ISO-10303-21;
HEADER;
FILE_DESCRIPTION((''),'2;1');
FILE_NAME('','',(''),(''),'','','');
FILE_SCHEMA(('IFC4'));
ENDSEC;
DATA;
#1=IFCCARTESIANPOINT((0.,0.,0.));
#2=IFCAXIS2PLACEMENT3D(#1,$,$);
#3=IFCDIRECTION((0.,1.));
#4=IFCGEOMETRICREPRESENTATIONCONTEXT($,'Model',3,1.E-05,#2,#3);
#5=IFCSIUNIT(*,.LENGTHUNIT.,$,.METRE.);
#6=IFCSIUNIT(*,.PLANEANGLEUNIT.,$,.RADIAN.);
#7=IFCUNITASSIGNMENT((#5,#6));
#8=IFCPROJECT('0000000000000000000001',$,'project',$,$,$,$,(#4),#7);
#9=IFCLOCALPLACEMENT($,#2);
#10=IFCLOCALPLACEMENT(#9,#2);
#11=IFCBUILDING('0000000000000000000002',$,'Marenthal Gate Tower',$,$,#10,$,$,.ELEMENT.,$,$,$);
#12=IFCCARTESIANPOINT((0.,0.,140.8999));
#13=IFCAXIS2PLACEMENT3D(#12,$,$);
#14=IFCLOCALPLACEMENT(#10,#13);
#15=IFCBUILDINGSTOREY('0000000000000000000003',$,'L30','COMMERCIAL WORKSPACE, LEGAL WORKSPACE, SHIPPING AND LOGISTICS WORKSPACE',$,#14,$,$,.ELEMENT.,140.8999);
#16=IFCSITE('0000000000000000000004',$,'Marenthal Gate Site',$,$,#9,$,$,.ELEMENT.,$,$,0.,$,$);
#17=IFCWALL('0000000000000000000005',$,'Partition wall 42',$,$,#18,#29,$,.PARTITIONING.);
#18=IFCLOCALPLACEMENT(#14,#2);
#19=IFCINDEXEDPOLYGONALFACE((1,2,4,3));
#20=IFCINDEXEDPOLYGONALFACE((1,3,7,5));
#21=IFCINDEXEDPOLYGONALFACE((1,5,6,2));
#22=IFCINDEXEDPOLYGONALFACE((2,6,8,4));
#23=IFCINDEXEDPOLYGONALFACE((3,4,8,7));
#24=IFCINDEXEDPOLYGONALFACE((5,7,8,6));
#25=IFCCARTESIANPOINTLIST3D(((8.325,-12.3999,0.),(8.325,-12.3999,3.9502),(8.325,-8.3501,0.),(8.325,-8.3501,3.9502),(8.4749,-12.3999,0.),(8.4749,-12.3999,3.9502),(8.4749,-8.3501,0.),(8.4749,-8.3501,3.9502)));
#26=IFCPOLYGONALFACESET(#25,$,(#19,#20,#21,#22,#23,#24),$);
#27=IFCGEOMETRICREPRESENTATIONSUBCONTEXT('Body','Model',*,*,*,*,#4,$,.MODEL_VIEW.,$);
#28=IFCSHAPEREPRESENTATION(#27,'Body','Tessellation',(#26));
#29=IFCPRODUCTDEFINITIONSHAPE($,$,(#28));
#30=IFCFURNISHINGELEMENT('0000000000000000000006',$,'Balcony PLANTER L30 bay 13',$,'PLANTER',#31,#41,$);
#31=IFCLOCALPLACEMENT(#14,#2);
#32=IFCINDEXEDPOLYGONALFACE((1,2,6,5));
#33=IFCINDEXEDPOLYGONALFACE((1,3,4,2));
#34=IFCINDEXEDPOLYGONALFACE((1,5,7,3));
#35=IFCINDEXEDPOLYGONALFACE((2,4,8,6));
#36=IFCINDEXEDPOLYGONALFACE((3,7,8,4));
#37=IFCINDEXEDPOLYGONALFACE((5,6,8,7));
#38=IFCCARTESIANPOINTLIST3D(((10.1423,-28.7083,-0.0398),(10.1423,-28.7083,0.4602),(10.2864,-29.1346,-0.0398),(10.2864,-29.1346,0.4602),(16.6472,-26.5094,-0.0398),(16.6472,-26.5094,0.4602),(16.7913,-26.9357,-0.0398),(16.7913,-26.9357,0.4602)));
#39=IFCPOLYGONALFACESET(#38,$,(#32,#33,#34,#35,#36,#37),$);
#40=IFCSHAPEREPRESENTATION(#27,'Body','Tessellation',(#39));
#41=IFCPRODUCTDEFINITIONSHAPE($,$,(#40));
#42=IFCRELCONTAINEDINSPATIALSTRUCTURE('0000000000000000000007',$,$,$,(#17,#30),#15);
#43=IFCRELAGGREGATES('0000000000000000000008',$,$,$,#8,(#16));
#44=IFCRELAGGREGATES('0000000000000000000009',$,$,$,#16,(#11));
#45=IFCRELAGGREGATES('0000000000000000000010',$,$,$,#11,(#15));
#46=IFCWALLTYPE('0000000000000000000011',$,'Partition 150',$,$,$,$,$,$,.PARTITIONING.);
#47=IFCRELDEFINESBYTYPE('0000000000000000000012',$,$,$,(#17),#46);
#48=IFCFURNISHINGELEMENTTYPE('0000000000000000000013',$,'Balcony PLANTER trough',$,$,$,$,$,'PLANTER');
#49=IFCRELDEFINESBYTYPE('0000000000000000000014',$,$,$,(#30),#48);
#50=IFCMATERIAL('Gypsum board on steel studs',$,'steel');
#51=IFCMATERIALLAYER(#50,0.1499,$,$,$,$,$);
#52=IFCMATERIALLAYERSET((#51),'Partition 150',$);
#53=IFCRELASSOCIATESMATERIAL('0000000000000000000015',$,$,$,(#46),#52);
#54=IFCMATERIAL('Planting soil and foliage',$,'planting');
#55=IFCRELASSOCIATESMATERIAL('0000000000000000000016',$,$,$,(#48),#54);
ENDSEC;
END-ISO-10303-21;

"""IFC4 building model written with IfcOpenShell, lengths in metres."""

from ifc_helpers import new_model, si_unit, direction, frame, frame_2d, origin, origin_2d, place, context, subcontext, project, spatial, rectangle, extrude, material, layer, layer_set, type_object, element, save


model = new_model("IFC4")

# Units and contexts
model_context = context("Model", 3, precision=1e-05, world=origin(), true_north=direction((0.0, 1.0)))
body_context = subcontext(model_context, "Body", "Model", "MODEL_VIEW")
ifc_project = project(units=[si_unit("LENGTHUNIT", "METRE"), si_unit("PLANEANGLEUNIT", "RADIAN")], contexts=[model_context])

# Site, building, storey
site_placement = place(None, origin())
site = spatial("IfcSite", under=ifc_project, at=site_placement, Name="Marenthal Gate Site", CompositionType="ELEMENT", RefElevation=0.0)
building_placement = place(site_placement, origin())
building = spatial("IfcBuilding", under=site, at=building_placement, Name="Marenthal Gate Tower", CompositionType="ELEMENT")
storey_placement = place(building_placement, frame((0.0, 0.0, 140.8999)))
storey = spatial("IfcBuildingStorey", under=building, at=storey_placement, Name="L30", Description="COMMERCIAL WORKSPACE, LEGAL WORKSPACE, SHIPPING AND LOGISTICS WORKSPACE", CompositionType="ELEMENT", Elevation=140.8999)

# Shared definitions
ifc_material_1 = material(Name="Gypsum board on steel studs", Category="steel")
ifc_layer_1 = layer(ifc_material_1, 0.1499)
ifc_layer_set_1 = layer_set([ifc_layer_1], Name="Partition 150")
wall_type_1 = type_object("IfcWallType", Name="Partition 150", PredefinedType="PARTITIONING", material=ifc_layer_set_1)

# Wall
wall_1_placement = place(storey_placement, frame((8.3999, -12.3999, 0.0), z_axis=(0.0, 0.0, 1.0), x_axis=(0.0, 1.0, 0.0)))
element("IfcWall", 1, at=wall_1_placement, inside=storey, type_object=wall_type_1, Name="Partition wall 42", PredefinedType="PARTITIONING", context=body_context, shape_type="SweptSolid", body=[
    extrude(rectangle(XDim=4.0498, YDim=0.1499, at=frame_2d((2.0249, 0.0))), origin(), (0.0, 0.0, 1.0), 3.9502),
])

# Furnishing element
ifc_material_2 = material(Name="Planting soil and foliage", Category="planting")
furnishing_element_type = type_object("IfcFurnishingElementType", Name="Balcony PLANTER trough", ElementType="PLANTER", material=ifc_material_2)
furnishing_placement = place(storey_placement, frame((13.4668, -27.822, -0.0398), z_axis=(0.0, 0.0, 1.0), x_axis=(0.947338, 0.320236, 0.0)))
element("IfcFurnishingElement", 2, at=furnishing_placement, inside=storey, type_object=furnishing_element_type, Name="Balcony PLANTER L30 bay 13", ObjectType="PLANTER", context=body_context, shape_type="SweptSolid", body=[
    extrude(rectangle(XDim=6.8665, YDim=0.45, at=origin_2d()), origin(), (0.0, 0.0, 1.0), 0.5),
])

save(model, "model.ifc")
